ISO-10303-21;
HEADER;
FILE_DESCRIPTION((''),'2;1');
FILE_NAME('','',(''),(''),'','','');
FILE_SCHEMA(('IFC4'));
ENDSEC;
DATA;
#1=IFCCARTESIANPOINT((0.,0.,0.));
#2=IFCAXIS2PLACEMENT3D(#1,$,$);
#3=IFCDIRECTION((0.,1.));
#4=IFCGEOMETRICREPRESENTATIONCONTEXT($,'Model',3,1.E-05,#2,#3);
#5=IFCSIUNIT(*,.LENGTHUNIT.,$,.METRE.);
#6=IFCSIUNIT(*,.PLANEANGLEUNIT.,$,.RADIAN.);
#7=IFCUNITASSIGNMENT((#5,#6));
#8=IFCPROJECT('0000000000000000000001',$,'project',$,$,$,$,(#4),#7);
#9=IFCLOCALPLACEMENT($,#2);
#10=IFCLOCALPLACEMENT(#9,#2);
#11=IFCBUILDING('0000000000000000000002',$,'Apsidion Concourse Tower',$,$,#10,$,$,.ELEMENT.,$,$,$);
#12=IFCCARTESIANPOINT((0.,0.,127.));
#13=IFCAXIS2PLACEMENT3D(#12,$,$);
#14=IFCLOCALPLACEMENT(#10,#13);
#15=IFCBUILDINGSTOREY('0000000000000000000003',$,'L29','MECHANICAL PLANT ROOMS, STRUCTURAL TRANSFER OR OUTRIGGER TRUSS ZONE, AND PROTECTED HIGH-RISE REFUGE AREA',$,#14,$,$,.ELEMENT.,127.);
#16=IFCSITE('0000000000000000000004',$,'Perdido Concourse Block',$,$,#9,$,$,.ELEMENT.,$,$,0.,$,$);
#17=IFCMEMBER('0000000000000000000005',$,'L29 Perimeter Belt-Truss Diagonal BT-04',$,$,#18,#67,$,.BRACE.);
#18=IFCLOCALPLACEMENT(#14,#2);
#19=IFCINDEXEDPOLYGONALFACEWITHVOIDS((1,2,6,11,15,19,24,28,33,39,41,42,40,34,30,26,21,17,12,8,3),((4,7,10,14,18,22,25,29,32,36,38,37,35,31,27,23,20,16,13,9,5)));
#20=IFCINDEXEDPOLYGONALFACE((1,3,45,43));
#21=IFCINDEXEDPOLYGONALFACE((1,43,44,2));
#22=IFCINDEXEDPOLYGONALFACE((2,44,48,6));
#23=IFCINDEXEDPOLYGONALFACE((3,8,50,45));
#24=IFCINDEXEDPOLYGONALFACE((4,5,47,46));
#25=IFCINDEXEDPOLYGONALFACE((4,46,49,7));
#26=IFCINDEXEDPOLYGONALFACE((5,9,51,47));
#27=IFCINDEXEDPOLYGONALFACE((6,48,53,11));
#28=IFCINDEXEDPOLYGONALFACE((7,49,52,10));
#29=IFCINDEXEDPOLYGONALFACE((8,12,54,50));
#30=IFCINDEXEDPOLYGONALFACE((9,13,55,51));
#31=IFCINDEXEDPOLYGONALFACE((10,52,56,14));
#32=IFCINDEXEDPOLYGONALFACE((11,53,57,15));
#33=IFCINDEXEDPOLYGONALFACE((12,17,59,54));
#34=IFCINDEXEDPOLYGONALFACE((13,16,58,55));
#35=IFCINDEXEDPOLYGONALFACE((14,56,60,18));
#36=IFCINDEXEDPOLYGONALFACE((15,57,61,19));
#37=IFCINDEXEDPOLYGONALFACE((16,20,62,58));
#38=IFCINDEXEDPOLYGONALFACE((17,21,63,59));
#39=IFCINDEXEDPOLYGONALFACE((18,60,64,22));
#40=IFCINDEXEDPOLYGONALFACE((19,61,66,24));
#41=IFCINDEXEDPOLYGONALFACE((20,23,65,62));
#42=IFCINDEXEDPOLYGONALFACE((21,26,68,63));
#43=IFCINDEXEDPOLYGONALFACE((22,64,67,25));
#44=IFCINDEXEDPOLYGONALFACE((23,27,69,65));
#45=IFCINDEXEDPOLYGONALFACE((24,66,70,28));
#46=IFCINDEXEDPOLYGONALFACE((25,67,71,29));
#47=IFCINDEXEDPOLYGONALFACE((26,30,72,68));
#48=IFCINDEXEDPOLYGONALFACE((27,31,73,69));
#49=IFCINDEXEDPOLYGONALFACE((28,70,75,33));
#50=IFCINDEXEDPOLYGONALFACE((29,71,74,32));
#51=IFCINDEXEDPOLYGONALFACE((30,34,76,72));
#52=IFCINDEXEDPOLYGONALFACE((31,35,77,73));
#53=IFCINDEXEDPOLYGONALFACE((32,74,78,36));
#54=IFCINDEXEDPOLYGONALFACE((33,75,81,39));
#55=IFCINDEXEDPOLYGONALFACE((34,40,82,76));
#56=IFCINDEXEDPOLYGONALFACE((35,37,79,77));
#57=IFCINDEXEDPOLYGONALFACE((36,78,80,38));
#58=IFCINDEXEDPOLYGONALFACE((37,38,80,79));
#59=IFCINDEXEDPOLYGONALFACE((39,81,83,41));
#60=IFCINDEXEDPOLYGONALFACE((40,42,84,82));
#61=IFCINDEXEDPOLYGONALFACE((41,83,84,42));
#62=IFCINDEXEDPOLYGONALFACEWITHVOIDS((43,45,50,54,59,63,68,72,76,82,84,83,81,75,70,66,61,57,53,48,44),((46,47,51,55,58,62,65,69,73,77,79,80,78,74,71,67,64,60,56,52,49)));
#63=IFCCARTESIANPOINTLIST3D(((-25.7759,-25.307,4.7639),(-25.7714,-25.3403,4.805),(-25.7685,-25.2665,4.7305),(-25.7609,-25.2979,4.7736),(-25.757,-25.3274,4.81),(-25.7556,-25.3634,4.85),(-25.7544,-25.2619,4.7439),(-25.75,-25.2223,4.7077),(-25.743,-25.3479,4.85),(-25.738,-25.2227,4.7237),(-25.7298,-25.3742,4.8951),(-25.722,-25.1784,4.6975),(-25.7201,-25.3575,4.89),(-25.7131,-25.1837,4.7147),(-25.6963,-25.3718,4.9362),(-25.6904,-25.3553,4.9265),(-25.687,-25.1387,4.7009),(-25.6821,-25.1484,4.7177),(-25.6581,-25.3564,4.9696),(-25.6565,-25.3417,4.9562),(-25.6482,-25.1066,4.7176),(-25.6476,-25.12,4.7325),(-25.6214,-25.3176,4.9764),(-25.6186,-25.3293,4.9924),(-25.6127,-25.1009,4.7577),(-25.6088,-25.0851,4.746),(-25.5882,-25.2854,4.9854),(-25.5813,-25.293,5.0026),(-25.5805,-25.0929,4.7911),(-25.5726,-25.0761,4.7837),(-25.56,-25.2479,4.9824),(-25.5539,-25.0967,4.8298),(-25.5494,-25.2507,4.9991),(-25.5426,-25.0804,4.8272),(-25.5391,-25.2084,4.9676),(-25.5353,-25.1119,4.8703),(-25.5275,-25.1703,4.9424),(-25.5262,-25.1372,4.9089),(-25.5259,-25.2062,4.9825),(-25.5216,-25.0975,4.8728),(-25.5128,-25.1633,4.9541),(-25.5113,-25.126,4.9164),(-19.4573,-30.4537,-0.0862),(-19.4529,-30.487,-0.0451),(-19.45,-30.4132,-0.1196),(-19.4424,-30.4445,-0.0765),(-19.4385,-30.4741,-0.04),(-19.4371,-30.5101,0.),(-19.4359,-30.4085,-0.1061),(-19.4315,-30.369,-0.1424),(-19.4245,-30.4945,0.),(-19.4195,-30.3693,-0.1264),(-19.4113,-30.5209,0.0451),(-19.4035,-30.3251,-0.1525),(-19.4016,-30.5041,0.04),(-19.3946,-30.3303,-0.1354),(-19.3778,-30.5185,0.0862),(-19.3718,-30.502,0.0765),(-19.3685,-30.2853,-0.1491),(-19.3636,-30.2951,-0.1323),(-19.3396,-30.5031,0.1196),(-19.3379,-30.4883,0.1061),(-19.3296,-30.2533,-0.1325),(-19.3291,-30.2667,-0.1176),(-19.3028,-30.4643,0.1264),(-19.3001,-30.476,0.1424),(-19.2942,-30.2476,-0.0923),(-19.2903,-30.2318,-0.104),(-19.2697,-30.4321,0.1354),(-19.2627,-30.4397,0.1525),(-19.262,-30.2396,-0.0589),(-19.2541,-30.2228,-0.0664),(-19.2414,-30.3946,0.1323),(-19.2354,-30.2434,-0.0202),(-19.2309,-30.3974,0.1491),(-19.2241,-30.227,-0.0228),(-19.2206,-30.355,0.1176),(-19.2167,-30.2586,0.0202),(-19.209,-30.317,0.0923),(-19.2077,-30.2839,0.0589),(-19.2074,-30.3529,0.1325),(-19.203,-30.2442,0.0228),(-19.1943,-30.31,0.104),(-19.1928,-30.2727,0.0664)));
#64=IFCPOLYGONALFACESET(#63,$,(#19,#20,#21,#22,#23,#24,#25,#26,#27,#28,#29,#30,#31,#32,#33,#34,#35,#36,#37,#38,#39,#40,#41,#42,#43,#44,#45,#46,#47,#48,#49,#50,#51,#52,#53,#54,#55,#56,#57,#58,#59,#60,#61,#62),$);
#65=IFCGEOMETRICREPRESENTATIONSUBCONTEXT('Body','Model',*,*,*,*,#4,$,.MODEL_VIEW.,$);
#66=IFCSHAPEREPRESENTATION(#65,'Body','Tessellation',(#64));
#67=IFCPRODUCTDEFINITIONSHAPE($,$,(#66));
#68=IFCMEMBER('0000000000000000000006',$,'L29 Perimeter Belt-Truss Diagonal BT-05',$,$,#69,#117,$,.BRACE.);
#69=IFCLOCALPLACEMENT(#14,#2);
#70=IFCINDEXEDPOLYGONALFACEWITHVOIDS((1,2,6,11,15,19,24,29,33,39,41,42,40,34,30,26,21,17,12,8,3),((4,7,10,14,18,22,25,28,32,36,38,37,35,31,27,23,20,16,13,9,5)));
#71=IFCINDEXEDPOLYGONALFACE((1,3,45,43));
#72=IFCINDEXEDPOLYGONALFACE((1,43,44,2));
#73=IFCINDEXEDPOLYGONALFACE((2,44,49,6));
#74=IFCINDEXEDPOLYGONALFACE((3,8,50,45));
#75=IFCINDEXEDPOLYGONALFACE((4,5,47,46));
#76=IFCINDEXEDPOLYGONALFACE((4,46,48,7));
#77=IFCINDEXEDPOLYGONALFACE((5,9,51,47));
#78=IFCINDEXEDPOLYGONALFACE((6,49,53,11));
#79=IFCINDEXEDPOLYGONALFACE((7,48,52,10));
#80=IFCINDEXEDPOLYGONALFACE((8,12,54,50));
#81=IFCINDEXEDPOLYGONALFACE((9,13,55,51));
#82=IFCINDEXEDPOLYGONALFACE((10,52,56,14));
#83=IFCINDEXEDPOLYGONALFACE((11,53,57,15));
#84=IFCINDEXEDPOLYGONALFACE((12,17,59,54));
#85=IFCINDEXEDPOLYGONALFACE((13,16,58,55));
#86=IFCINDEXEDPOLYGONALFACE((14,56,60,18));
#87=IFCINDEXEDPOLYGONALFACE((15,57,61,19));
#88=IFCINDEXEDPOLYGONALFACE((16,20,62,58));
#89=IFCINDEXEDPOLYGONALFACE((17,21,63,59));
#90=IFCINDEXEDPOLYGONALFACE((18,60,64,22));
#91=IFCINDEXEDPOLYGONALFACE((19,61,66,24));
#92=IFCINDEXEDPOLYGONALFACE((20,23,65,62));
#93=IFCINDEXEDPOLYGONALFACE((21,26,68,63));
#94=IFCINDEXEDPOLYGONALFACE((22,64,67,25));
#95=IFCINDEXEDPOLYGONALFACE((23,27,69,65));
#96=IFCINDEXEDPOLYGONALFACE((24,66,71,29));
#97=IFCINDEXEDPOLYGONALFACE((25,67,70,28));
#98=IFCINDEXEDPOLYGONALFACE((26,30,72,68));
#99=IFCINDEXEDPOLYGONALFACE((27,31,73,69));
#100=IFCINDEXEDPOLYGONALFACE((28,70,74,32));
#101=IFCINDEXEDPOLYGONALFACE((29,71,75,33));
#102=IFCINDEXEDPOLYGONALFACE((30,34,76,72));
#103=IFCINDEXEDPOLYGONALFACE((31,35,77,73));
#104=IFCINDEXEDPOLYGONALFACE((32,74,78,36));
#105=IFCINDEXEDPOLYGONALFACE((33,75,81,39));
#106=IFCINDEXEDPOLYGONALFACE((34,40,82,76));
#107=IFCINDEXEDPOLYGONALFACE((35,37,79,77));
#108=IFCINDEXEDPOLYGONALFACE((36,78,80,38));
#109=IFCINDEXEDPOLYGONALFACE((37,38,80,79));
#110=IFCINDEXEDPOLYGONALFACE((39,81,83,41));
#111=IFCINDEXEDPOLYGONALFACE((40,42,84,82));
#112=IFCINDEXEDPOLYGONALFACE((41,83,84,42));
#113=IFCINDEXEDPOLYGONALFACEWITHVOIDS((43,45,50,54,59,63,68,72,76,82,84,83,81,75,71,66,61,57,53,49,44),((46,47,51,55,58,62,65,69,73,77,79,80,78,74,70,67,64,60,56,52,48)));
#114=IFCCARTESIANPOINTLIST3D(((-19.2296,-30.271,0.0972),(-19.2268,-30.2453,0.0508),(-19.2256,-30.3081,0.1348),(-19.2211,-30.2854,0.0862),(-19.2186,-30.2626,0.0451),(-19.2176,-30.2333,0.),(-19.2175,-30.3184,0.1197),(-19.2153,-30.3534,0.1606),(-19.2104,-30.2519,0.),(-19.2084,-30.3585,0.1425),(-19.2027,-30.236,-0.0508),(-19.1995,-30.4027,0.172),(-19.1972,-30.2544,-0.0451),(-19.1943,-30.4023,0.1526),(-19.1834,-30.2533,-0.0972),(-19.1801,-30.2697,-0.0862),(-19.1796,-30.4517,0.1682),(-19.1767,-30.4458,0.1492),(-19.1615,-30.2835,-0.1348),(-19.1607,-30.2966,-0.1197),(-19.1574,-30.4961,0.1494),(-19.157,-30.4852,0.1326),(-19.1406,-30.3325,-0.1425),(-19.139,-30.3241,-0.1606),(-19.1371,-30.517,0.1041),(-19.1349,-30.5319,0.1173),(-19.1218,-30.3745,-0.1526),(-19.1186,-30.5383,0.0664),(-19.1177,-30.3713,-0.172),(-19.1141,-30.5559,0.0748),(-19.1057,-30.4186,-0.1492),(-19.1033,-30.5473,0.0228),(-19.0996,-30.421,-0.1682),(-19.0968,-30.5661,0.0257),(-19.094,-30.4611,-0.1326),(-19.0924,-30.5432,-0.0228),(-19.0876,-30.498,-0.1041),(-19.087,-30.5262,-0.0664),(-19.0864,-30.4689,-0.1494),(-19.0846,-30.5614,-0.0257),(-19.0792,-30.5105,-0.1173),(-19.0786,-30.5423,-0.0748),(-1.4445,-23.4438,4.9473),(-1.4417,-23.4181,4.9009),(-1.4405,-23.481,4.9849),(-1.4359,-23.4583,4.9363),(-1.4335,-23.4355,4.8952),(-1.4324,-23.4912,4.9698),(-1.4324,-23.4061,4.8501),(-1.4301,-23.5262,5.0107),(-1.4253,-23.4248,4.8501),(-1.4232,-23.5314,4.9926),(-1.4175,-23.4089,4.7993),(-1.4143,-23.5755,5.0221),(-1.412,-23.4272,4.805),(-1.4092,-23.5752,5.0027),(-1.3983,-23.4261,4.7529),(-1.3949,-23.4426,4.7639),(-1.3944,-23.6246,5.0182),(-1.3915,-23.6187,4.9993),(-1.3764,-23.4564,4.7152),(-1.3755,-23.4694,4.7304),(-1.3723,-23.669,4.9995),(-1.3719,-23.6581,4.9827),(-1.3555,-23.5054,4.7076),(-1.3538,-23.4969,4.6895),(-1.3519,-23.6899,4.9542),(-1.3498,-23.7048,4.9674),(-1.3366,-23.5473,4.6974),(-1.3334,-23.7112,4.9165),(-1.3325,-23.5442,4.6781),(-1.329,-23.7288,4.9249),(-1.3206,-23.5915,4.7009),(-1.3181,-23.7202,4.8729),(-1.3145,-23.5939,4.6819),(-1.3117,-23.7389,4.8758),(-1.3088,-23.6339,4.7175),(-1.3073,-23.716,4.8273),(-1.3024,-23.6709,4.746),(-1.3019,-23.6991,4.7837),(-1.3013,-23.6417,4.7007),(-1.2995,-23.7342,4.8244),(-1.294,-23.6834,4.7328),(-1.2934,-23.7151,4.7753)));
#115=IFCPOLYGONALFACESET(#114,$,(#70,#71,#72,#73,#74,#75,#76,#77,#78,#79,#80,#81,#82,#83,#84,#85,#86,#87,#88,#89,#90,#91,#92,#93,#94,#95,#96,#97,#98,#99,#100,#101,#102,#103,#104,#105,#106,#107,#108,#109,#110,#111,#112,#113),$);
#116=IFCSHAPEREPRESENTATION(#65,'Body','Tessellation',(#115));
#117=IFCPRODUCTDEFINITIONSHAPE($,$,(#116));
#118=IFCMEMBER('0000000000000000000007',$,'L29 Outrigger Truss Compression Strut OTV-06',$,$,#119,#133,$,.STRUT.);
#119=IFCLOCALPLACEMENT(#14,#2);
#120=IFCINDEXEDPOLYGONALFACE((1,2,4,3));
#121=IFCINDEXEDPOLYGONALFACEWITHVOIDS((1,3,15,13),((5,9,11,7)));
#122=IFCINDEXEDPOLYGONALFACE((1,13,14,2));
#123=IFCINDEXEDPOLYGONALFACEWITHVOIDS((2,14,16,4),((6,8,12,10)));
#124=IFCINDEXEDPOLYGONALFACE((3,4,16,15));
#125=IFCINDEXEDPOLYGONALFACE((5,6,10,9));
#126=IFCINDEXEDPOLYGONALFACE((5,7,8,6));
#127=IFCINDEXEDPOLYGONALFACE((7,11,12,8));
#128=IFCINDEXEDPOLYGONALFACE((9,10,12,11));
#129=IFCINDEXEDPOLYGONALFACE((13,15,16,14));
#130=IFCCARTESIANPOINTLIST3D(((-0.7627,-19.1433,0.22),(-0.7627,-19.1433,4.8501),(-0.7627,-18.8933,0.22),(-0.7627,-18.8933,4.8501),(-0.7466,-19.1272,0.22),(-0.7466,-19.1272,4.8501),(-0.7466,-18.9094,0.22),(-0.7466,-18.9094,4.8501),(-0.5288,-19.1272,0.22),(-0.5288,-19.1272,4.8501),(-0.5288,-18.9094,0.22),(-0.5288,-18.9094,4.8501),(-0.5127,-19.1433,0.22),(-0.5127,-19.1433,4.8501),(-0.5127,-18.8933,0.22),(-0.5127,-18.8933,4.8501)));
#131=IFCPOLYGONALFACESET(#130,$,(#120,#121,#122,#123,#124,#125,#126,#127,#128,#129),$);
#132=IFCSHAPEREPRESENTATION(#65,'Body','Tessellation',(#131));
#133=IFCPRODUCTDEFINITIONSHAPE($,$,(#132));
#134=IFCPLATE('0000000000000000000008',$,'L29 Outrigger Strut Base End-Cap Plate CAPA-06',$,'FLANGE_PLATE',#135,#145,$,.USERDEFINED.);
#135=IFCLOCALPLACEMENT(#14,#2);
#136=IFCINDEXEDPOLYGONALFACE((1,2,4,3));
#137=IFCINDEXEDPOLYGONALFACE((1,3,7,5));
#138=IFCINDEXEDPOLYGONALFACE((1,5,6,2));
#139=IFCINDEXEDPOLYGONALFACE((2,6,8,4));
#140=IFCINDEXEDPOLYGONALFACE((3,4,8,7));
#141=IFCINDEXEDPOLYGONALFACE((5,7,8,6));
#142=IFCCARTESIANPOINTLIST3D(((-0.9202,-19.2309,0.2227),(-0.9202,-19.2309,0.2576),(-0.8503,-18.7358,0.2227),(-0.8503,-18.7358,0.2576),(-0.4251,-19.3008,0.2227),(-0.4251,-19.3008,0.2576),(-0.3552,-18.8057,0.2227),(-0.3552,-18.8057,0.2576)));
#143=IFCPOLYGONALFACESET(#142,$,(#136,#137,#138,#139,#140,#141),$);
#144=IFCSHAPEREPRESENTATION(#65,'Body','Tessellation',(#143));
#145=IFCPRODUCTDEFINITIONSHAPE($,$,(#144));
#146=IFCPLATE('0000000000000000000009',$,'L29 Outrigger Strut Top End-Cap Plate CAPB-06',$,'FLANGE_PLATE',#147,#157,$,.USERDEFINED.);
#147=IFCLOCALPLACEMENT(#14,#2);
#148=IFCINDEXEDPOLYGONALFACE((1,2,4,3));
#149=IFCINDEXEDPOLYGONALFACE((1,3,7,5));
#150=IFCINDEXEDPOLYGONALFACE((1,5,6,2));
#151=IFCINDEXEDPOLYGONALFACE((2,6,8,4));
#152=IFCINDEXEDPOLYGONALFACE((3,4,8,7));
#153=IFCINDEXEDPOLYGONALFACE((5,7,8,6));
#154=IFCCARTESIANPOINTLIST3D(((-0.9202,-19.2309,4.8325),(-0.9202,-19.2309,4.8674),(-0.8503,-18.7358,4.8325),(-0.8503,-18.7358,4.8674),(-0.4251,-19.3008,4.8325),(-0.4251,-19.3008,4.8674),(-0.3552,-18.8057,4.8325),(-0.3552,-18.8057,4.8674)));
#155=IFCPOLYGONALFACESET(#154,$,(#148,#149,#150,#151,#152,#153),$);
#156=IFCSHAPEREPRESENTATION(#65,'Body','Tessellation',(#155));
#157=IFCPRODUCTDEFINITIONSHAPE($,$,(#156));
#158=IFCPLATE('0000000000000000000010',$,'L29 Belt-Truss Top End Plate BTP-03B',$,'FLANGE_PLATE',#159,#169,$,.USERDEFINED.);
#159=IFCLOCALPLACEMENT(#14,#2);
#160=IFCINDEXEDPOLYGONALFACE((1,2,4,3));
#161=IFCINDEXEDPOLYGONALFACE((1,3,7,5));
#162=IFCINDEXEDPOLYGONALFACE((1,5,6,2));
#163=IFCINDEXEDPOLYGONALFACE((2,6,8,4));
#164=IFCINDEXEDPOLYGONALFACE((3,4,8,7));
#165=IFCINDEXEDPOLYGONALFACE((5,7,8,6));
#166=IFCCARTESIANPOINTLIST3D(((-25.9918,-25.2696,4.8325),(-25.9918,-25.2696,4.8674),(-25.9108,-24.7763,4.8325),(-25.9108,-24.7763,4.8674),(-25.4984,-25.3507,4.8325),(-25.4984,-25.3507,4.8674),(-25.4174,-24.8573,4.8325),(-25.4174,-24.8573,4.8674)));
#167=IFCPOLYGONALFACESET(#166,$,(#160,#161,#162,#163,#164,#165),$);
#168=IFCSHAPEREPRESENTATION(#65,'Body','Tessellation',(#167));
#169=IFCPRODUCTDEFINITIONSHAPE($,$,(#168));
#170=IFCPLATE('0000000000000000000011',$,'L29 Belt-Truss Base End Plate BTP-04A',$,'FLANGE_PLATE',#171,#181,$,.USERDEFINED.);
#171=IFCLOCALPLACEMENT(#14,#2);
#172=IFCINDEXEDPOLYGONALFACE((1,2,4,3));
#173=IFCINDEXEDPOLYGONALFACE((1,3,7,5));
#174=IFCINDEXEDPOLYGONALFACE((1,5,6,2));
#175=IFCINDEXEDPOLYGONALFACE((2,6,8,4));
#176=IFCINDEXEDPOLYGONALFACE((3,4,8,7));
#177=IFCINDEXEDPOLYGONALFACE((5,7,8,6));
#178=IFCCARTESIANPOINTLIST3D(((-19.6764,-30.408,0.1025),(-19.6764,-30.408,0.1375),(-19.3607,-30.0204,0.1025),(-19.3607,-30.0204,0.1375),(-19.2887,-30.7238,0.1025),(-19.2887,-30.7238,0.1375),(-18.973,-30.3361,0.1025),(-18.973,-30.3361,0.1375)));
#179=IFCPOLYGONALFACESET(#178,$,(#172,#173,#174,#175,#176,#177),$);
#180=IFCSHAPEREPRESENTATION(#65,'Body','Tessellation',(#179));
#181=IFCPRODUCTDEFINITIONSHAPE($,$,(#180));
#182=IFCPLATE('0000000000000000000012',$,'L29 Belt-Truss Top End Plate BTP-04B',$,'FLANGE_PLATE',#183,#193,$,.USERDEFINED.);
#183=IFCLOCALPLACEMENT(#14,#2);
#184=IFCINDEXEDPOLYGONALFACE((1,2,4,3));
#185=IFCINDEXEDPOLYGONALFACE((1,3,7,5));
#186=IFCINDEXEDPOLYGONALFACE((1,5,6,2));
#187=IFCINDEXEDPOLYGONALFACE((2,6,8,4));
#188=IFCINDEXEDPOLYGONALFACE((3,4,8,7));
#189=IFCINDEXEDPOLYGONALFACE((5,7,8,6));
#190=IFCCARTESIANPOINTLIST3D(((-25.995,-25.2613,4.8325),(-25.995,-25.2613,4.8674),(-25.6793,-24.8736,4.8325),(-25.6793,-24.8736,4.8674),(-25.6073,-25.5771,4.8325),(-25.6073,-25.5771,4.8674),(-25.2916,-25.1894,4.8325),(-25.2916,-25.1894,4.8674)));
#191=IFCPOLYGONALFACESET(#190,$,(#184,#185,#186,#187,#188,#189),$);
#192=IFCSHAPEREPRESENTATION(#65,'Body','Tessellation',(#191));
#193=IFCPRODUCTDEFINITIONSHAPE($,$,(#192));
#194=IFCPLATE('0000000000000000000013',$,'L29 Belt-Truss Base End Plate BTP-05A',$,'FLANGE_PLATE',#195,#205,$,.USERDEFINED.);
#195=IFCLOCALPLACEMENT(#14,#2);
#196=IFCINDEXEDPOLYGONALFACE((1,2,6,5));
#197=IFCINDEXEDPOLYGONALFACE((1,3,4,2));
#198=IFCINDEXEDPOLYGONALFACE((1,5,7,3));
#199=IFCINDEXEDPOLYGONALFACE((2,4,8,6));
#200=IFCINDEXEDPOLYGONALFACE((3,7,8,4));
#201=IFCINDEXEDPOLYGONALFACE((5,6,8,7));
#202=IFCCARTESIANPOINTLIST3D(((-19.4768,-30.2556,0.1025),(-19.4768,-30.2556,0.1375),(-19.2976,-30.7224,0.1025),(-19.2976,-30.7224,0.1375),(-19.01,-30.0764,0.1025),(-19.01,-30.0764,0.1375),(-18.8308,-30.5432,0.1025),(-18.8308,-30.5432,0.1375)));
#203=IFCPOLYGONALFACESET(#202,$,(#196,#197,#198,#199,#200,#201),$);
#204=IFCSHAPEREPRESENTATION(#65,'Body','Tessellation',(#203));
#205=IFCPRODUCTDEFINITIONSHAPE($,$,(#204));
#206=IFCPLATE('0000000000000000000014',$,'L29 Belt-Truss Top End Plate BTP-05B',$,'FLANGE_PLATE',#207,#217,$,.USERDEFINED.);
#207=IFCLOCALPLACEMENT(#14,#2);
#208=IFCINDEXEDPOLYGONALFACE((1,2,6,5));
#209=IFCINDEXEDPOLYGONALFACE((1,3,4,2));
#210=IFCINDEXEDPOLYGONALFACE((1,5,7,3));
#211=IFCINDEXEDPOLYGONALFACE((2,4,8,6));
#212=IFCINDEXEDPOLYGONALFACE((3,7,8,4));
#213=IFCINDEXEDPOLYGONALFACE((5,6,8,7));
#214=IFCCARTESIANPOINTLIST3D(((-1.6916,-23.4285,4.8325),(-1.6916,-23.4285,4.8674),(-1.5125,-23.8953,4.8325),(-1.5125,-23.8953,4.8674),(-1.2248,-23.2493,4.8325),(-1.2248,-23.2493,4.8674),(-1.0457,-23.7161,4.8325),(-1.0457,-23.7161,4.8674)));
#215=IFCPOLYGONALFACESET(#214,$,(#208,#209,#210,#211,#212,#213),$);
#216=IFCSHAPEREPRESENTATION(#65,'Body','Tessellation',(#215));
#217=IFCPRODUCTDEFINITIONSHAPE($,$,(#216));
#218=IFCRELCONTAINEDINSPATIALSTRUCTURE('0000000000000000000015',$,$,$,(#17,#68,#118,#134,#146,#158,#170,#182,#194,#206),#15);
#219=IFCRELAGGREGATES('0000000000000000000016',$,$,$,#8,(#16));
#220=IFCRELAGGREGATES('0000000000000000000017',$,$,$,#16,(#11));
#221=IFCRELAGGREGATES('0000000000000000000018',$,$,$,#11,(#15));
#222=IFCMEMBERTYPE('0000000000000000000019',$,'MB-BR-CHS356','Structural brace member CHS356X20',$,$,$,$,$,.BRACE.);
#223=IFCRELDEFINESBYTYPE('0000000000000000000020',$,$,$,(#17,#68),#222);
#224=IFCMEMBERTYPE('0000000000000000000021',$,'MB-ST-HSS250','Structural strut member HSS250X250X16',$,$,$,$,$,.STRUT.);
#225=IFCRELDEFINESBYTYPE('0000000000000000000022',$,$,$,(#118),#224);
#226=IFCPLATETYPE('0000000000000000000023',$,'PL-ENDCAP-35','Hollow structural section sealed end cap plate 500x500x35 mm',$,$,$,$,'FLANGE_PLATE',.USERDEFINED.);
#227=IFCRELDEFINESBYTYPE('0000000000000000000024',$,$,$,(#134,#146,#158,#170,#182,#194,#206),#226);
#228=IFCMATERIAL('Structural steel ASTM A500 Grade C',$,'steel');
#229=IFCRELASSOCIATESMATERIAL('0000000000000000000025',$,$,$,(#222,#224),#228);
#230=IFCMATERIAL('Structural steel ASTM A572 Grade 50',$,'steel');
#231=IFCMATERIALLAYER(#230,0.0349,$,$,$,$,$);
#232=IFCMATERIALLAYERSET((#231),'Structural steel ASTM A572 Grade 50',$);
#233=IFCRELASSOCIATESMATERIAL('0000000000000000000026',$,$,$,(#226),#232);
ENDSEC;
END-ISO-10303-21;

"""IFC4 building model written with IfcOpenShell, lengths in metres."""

from ifc_helpers import new_model, si_unit, direction, frame, origin, origin_2d, place, context, subcontext, project, spatial, rectangle, hollow_rectangle, hollow_circle, extrude, material, layer, layer_set, material_profile, profile_set, type_object, element, save


model = new_model("IFC4")

# Units and contexts
model_context = context("Model", 3, precision=1e-05, world=origin(), true_north=direction((0.0, 1.0)))
body_context = subcontext(model_context, "Body", "Model", "MODEL_VIEW")
ifc_project = project(units=[si_unit("LENGTHUNIT", "METRE"), si_unit("PLANEANGLEUNIT", "RADIAN")], contexts=[model_context])

# Site, building, storey
site_placement = place(None, origin())
site = spatial("IfcSite", under=ifc_project, at=site_placement, Name="Perdido Concourse Block", CompositionType="ELEMENT", RefElevation=0.0)
building_placement = place(site_placement, origin())
building = spatial("IfcBuilding", under=site, at=building_placement, Name="Apsidion Concourse Tower", CompositionType="ELEMENT")
storey_placement = place(building_placement, frame((0.0, 0.0, 127.0)))
storey = spatial("IfcBuildingStorey", under=building, at=storey_placement, Name="L29", Description="MECHANICAL PLANT ROOMS, STRUCTURAL TRANSFER OR OUTRIGGER TRUSS ZONE, AND PROTECTED HIGH-RISE REFUGE AREA", CompositionType="ELEMENT", Elevation=127.0)

# Members
ifc_material_1 = material(Name="Structural steel ASTM A500 Grade C", Category="steel")
ifc_material_profile_1 = material_profile(ifc_material_1, hollow_circle(Radius=0.178, WallThickness=0.02, at=origin_2d()), Name="CHS356X20")
ifc_profile_set_1 = profile_set([ifc_material_profile_1], Name="Structural steel ASTM A500 Grade C")
member_type_1 = type_object("IfcMemberType", Name="MB-BR-CHS356", Description="Structural brace member CHS356X20", PredefinedType="BRACE", material=ifc_profile_set_1)
member_1_placement = place(storey_placement, frame((-19.3247, -30.3721, 0.0), z_axis=(-0.666272, 0.542703, 0.511424), x_axis=(-0.631543, -0.775341, 0.0)))
element("IfcMember", 1, at=member_1_placement, inside=storey, type_object=member_type_1, Name="L29 Perimeter Belt-Truss Diagonal BT-04", PredefinedType="BRACE", context=body_context, shape_type="SweptSolid", body=[
    extrude(hollow_circle(Radius=0.178, WallThickness=0.02, at=origin_2d()), origin(), (0.0, 0.0, 1.0), 9.4834),
])
member_2_placement = place(storey_placement, frame((-19.1538, -30.3994, 0.0), z_axis=(0.904719, 0.347292, 0.246721), x_axis=(-0.358371, 0.933579, 0.0)))
element("IfcMember", 2, at=member_2_placement, inside=storey, type_object=member_type_1, Name="L29 Perimeter Belt-Truss Diagonal BT-05", PredefinedType="BRACE", context=body_context, shape_type="SweptSolid", body=[
    extrude(hollow_circle(Radius=0.178, WallThickness=0.02, at=origin_2d()), origin(), (0.0, 0.0, 1.0), 19.6582),
])
ifc_material_profile_2 = material_profile(ifc_material_1, hollow_rectangle(XDim=0.25, YDim=0.25, WallThickness=0.0161, at=origin_2d()), Name="HSS250X250X16")
ifc_profile_set_2 = profile_set([ifc_material_profile_2], Name="Structural steel ASTM A500 Grade C")
member_type_2 = type_object("IfcMemberType", Name="MB-ST-HSS250", Description="Structural strut member HSS250X250X16", PredefinedType="STRUT", material=ifc_profile_set_2)
member_3_placement = place(storey_placement, frame((-0.6377, -19.0183, 0.22), z_axis=(0.0, 0.0, 1.0), x_axis=(1.0, 0.0, 0.0)))
element("IfcMember", 3, at=member_3_placement, inside=storey, type_object=member_type_2, Name="L29 Outrigger Truss Compression Strut OTV-06", PredefinedType="STRUT", context=body_context, shape_type="SweptSolid", body=[
    extrude(hollow_rectangle(XDim=0.25, YDim=0.25, WallThickness=0.0161, at=origin_2d()), origin(), (0.0, 0.0, 1.0), 4.6301),
])

# Plates
ifc_material_2 = material(Name="Structural steel ASTM A572 Grade 50", Category="steel")
ifc_layer_1 = layer(ifc_material_2, 0.0349)
ifc_layer_set_1 = layer_set([ifc_layer_1], Name="Structural steel ASTM A572 Grade 50")
plate_type_1 = type_object("IfcPlateType", Name="PL-ENDCAP-35", Description="Hollow structural section sealed end cap plate 500x500x35 mm", ElementType="FLANGE_PLATE", PredefinedType="USERDEFINED", material=ifc_layer_set_1)
for number, where, z_axis, x_axis, name in (
    (4, (-0.6377, -19.0183, 0.2227), (0.0, 0.0, 1.0), (0.139692, 0.990195, 0.0), "L29 Outrigger Strut Base End-Cap Plate CAPA-06"),
    (5, (-0.6377, -19.0183, 4.8325), (0.0, 0.0, 1.0), (0.139692, 0.990195, 0.0), "L29 Outrigger Strut Top End-Cap Plate CAPB-06"),
    (6, (-25.7046, -25.0635, 4.8325), (0.0, 0.0, 1.0), (0.162121, 0.986771, 0.0), "L29 Belt-Truss Top End Plate BTP-03B"),
    (7, (-19.3247, -30.3721, 0.1025), (0.0, 0.0, 1.0), (-0.775386, 0.631488, 0.0), "L29 Belt-Truss Base End Plate BTP-04A"),
    (8, (-25.6433, -25.2253, 4.8325), (0.0, 0.0, 1.0), (-0.775386, 0.631488, 0.0), "L29 Belt-Truss Top End Plate BTP-04B"),
    (9, (-19.1538, -30.3994, 0.1025), (0.0, 0.0, 1.0), (0.93358, 0.358368, 0.0), "L29 Belt-Truss Base End Plate BTP-05A"),
    (10, (-1.3687, -23.5723, 4.8325), (0.0, 0.0, 1.0), (0.93358, 0.358368, 0.0), "L29 Belt-Truss Top End Plate BTP-05B"),
):
    element("IfcPlate", number, at=place(storey_placement, frame(where, z_axis=z_axis, x_axis=x_axis)), inside=storey, type_object=plate_type_1, Name=name, ObjectType="FLANGE_PLATE", PredefinedType="USERDEFINED", context=body_context, shape_type="SweptSolid", body=[
        extrude(rectangle(XDim=0.5, YDim=0.5, at=origin_2d()), origin(), (0.0, 0.0, 1.0), 0.0349),
    ])

save(model, "model.ifc")
